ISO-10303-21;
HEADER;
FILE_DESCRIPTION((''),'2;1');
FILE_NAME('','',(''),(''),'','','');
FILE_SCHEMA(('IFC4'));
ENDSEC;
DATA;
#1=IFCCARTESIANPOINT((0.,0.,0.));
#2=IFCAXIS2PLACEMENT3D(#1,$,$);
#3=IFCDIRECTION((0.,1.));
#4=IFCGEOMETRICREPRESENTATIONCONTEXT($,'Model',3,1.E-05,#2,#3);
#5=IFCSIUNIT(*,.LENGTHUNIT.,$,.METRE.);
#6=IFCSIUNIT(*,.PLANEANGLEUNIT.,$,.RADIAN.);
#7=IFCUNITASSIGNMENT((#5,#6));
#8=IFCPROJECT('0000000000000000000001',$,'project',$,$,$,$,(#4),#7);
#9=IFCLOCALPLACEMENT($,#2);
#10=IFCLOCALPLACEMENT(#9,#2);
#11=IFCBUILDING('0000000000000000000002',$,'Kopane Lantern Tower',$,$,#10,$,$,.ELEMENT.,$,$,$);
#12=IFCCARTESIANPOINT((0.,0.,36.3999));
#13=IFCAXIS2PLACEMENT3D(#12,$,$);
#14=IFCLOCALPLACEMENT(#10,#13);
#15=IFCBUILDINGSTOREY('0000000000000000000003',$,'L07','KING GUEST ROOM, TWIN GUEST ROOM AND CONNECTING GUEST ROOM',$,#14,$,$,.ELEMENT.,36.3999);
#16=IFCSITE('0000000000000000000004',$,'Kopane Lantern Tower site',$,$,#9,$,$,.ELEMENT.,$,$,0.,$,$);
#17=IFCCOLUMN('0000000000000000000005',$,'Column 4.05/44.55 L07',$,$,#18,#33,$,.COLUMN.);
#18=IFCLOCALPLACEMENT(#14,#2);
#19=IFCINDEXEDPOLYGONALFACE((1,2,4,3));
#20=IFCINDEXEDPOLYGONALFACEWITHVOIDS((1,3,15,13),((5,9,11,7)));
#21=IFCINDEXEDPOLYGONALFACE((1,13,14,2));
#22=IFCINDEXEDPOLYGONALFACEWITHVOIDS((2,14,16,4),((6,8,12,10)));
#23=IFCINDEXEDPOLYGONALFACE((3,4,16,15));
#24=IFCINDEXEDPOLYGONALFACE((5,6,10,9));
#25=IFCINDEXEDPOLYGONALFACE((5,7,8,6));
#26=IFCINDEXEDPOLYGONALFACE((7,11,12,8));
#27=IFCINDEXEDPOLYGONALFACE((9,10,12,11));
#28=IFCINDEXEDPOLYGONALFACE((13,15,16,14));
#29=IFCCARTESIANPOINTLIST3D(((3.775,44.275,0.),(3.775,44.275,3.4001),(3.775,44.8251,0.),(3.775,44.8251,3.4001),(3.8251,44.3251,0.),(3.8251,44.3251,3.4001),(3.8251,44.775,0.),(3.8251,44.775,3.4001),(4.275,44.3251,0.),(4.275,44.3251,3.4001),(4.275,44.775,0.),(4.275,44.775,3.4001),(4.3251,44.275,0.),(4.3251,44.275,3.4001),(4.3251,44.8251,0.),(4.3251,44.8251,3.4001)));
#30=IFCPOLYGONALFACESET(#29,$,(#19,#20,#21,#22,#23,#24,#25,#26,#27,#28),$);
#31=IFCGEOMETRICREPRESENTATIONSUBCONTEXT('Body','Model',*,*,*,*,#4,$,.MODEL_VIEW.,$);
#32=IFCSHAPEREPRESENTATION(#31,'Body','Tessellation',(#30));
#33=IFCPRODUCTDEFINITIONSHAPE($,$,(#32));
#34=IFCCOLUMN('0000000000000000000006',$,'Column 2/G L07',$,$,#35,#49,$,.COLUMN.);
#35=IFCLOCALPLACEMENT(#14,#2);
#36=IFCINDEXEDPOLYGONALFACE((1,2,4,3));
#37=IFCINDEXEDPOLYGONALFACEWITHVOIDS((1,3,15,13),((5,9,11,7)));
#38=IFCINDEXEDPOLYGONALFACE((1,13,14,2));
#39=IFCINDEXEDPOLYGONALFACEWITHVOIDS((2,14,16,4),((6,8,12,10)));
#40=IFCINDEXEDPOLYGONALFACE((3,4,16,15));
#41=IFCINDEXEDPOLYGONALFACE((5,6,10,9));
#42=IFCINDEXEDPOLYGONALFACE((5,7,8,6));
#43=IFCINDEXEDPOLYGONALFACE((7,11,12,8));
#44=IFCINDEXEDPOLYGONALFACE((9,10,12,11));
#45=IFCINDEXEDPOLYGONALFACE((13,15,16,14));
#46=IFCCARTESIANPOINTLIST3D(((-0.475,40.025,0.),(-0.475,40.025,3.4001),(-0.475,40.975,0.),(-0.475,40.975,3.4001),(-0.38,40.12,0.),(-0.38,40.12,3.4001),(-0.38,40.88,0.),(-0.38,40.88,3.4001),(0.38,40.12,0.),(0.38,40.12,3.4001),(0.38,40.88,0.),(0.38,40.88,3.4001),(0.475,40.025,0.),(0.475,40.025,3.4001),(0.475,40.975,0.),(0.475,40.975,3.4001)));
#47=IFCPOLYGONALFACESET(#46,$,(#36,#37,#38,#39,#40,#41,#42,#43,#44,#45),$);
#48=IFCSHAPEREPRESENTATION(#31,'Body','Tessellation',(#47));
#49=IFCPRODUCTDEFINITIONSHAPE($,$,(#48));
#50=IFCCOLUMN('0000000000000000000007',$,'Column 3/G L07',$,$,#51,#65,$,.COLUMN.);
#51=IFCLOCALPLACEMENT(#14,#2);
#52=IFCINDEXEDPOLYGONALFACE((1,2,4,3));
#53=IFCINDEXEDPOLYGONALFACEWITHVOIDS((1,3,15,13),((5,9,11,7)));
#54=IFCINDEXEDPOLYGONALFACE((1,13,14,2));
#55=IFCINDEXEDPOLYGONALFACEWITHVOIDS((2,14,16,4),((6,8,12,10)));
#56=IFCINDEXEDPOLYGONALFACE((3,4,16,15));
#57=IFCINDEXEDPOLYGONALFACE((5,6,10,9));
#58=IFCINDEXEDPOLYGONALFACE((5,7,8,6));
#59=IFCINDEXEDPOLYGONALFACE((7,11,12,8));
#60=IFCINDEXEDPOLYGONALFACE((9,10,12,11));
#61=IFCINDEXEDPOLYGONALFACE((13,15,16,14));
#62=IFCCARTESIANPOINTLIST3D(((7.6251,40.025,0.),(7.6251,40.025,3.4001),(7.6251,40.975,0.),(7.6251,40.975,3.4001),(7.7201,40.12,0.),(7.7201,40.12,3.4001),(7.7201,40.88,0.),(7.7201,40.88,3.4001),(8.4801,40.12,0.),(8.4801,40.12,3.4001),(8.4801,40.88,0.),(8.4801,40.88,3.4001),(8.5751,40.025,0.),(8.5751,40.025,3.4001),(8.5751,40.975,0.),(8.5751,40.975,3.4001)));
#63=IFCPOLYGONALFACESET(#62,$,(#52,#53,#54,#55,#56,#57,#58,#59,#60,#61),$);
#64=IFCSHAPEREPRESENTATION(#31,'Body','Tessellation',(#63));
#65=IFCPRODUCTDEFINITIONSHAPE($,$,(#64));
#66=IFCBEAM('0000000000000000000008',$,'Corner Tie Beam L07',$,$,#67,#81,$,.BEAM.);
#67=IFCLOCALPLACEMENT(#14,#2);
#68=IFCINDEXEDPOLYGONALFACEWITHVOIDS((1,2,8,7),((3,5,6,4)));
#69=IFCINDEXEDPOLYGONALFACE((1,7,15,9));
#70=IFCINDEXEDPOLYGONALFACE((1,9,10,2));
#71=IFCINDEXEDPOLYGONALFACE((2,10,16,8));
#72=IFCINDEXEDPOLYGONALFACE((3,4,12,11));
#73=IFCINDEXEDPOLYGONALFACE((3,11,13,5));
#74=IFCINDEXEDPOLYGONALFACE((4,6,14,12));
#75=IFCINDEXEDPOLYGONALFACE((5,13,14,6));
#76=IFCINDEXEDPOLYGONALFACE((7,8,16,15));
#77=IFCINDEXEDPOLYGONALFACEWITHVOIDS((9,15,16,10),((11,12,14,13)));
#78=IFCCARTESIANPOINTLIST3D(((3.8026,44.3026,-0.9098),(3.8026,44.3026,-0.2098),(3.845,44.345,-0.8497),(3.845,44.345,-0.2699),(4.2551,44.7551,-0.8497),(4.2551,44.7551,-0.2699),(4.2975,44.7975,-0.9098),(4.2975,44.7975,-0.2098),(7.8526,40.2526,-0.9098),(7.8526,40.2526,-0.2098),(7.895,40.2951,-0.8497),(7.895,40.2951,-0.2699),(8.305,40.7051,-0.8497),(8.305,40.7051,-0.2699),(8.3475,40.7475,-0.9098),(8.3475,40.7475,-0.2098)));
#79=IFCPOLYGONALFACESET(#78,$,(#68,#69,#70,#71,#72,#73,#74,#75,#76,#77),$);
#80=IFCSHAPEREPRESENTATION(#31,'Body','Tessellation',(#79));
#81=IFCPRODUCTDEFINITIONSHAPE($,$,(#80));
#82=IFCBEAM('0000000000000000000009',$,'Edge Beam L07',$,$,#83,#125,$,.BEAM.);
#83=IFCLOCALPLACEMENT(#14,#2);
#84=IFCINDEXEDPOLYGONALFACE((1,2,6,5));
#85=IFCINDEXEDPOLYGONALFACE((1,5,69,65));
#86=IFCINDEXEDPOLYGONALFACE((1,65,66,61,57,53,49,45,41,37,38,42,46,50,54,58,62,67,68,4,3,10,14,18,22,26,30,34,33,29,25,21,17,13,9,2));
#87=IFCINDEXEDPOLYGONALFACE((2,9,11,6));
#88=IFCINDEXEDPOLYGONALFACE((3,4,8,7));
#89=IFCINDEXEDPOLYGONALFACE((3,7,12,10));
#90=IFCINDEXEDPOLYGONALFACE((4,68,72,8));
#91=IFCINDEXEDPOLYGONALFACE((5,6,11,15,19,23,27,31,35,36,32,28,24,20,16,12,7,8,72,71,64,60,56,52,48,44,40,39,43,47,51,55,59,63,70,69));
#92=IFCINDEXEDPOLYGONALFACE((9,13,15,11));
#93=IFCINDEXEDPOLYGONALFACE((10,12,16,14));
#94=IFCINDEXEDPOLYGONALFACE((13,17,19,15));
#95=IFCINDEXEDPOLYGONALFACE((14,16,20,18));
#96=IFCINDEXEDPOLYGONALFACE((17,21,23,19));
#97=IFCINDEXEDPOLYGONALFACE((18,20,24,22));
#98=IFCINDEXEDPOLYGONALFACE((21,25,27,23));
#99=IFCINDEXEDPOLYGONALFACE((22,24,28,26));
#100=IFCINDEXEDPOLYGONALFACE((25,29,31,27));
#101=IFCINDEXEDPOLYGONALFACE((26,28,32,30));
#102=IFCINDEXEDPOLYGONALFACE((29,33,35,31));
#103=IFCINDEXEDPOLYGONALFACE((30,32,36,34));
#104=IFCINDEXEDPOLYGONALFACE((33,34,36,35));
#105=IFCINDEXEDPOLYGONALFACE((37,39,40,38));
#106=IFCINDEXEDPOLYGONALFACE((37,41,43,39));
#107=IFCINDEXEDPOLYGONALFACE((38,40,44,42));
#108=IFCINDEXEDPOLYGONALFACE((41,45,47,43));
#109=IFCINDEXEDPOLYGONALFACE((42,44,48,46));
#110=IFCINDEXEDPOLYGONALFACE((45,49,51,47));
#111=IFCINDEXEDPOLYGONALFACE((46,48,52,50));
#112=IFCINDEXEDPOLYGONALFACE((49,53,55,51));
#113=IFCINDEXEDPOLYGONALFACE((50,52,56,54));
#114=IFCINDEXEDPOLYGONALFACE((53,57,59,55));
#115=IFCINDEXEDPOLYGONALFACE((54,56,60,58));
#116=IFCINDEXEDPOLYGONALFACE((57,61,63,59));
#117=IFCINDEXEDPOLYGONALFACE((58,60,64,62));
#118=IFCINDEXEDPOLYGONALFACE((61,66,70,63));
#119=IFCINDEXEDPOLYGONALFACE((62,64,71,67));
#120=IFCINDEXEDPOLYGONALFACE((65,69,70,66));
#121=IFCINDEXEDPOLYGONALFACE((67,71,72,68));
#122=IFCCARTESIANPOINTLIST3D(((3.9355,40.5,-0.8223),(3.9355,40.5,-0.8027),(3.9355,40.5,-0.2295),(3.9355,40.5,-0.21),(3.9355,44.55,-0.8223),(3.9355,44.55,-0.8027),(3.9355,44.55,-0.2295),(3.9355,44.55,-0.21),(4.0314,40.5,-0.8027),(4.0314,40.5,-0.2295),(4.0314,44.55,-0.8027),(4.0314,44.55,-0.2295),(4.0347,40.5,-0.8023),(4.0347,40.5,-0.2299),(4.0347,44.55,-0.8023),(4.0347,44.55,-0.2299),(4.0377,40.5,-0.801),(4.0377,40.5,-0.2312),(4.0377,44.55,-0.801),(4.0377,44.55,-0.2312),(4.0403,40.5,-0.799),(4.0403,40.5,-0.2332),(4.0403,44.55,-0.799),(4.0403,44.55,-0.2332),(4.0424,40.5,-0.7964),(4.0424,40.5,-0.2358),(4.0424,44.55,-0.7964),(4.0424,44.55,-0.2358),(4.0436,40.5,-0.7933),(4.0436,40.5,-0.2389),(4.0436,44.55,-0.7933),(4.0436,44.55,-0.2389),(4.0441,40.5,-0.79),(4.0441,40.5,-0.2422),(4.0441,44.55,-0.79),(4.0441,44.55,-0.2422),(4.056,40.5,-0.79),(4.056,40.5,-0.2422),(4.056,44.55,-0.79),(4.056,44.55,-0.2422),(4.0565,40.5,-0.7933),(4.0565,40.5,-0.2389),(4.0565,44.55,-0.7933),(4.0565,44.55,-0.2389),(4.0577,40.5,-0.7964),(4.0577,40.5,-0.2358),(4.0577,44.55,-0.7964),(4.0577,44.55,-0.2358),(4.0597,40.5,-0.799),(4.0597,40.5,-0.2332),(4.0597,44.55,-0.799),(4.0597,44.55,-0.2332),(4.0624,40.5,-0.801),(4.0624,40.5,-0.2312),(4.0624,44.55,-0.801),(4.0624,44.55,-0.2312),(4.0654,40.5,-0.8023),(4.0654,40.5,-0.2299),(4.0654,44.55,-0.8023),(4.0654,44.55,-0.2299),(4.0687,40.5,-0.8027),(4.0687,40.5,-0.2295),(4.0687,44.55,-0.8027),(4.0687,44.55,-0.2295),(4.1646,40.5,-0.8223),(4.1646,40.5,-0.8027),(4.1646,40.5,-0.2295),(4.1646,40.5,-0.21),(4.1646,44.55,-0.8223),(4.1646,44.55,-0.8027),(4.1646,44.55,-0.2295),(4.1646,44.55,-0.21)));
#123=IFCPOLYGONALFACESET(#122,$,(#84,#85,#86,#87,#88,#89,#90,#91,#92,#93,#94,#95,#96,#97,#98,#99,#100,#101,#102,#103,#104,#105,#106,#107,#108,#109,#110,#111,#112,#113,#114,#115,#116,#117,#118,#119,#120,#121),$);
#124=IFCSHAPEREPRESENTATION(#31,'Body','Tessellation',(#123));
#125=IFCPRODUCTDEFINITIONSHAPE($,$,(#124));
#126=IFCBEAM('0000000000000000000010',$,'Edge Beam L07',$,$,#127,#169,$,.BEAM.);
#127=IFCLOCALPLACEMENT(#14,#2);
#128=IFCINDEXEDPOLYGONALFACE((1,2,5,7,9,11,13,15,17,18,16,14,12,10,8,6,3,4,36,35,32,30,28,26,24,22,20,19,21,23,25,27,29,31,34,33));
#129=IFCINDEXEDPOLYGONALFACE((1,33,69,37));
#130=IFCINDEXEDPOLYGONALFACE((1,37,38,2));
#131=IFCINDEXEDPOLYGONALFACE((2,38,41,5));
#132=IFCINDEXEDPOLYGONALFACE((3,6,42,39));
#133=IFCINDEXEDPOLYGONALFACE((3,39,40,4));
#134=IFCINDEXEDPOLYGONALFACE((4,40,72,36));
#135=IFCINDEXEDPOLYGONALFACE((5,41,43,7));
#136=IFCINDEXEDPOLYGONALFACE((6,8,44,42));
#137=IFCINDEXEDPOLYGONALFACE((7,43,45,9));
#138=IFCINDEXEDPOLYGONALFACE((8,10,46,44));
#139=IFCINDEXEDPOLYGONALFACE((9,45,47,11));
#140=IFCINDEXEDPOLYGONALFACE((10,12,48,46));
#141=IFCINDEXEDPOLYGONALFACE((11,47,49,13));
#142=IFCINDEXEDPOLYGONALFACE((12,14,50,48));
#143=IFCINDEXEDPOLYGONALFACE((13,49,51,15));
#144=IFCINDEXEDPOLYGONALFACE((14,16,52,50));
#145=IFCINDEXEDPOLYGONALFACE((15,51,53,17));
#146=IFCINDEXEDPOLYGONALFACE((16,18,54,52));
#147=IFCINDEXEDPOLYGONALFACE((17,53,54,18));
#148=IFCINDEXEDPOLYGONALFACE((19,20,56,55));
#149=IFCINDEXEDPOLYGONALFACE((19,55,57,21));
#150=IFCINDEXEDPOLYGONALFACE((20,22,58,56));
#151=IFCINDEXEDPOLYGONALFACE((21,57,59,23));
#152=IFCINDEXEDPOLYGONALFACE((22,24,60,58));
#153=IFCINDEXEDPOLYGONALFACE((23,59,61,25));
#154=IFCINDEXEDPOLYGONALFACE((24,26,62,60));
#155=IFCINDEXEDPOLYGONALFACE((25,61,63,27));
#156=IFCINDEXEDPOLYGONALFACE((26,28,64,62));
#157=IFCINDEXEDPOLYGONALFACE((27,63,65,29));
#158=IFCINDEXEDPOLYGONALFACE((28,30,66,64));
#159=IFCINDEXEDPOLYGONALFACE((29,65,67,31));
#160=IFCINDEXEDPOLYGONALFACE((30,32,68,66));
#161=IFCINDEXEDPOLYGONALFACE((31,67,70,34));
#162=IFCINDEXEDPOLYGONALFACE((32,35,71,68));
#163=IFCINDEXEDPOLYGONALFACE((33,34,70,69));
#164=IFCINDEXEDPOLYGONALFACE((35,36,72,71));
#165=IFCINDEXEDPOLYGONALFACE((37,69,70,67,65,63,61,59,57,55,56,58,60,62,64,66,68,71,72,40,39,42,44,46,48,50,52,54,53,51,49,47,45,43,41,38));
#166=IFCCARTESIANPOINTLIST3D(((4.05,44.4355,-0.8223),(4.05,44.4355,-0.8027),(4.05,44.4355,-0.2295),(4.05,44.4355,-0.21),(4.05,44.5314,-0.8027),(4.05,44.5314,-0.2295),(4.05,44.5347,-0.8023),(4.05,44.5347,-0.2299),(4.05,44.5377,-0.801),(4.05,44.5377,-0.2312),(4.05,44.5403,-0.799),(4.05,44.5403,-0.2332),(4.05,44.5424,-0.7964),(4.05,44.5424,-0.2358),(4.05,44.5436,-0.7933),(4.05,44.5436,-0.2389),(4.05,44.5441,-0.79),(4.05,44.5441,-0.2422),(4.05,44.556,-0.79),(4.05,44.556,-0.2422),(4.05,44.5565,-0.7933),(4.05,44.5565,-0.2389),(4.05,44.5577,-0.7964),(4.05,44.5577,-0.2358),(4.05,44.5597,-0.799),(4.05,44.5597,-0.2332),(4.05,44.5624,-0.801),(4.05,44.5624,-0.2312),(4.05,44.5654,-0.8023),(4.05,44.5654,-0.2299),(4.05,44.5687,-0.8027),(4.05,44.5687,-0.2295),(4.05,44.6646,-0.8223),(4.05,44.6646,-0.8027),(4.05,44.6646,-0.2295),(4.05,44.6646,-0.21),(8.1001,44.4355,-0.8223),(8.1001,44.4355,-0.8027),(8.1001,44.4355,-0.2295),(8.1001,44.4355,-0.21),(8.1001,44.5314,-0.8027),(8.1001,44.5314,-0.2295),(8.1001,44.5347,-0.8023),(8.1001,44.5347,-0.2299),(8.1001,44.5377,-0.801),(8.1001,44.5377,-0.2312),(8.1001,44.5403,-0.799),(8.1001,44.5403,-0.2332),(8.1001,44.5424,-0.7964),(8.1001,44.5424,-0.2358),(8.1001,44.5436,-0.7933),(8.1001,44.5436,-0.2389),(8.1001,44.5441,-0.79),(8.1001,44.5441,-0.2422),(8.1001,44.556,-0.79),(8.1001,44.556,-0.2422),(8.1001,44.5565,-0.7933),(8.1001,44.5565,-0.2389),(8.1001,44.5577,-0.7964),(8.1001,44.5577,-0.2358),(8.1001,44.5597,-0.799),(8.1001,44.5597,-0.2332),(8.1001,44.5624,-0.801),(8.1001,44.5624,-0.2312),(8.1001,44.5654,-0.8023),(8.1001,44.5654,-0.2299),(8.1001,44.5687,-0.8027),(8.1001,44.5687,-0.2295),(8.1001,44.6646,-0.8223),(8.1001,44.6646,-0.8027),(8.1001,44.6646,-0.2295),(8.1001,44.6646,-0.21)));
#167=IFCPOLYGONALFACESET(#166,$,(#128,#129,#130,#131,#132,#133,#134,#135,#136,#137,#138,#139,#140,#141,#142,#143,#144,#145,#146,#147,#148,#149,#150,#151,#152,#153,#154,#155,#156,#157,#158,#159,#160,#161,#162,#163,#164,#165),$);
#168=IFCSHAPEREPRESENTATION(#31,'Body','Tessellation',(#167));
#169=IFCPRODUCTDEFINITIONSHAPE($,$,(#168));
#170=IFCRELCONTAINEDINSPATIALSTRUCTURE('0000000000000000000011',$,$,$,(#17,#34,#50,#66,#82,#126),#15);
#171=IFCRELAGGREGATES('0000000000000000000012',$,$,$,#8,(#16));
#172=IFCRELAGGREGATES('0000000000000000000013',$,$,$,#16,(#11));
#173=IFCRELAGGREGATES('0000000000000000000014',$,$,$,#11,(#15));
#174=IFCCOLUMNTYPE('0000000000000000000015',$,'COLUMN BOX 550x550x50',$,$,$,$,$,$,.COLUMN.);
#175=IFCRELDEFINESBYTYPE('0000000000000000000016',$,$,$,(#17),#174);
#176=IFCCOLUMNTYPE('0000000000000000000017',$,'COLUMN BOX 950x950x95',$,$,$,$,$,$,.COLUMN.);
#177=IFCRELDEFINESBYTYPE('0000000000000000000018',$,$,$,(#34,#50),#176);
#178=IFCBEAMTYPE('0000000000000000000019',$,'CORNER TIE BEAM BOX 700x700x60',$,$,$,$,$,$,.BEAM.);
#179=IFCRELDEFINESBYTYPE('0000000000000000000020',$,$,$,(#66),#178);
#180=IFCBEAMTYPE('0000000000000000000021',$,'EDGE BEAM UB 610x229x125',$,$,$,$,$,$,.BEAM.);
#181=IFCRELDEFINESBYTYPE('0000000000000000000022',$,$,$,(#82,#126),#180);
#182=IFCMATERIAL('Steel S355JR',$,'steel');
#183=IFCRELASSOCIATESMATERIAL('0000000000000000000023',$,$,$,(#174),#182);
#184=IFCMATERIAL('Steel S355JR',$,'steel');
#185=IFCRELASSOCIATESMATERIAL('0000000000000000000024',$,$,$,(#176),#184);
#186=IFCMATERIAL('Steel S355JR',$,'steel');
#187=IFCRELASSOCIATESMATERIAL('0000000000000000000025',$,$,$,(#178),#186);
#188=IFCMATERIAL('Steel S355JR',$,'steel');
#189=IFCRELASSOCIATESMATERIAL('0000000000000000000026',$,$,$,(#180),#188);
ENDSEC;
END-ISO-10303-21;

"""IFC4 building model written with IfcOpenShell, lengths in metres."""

from ifc_helpers import new_model, si_unit, direction, frame, origin, origin_2d, place, context, subcontext, project, spatial, hollow_rectangle, i_section, extrude, material, material_profile, profile_set, type_object, element, save


model = new_model("IFC4")

# Units and contexts
model_context = context("Model", 3, precision=1e-05, world=origin(), true_north=direction((0.0, 1.0)))
body_context = subcontext(model_context, "Body", "Model", "MODEL_VIEW")
ifc_project = project(units=[si_unit("LENGTHUNIT", "METRE"), si_unit("PLANEANGLEUNIT", "RADIAN")], contexts=[model_context])

# Site, building, storey
site_placement = place(None, origin())
site = spatial("IfcSite", under=ifc_project, at=site_placement, Name="Kopane Lantern Tower site", CompositionType="ELEMENT", RefElevation=0.0)
building_placement = place(site_placement, origin())
building = spatial("IfcBuilding", under=site, at=building_placement, Name="Kopane Lantern Tower", CompositionType="ELEMENT")
storey_placement = place(building_placement, frame((0.0, 0.0, 36.3999)))
storey = spatial("IfcBuildingStorey", under=building, at=storey_placement, Name="L07", Description="KING GUEST ROOM, TWIN GUEST ROOM AND CONNECTING GUEST ROOM", CompositionType="ELEMENT", Elevation=36.3999)

# Columns
ifc_material_1 = material(Name="Steel S355JR", Category="steel")
ifc_material_profile_1 = material_profile(ifc_material_1, hollow_rectangle(XDim=0.55, YDim=0.55, WallThickness=0.05, at=origin_2d()), Name="BOX 550x550x50")
ifc_profile_set_1 = profile_set([ifc_material_profile_1], Name="Steel S355JR")
column_type_1 = type_object("IfcColumnType", Name="COLUMN BOX 550x550x50", PredefinedType="COLUMN", material=ifc_profile_set_1)
column_placement = place(storey_placement, frame((4.05, 44.55, 0.0), z_axis=(0.0, 0.0, 1.0), x_axis=(1.0, 0.0, 0.0)))
element("IfcColumn", 1, at=column_placement, inside=storey, type_object=column_type_1, Name="Column 4.05/44.55 L07", PredefinedType="COLUMN", context=body_context, shape_type="SweptSolid", body=[
    extrude(hollow_rectangle(XDim=0.55, YDim=0.55, WallThickness=0.05, at=origin_2d()), origin(), (0.0, 0.0, 1.0), 3.4001),
])
ifc_material_2 = material(Name="Steel S355JR", Category="steel")
ifc_material_profile_2 = material_profile(ifc_material_2, hollow_rectangle(XDim=0.95, YDim=0.95, WallThickness=0.095, at=origin_2d()), Name="BOX 950x950x95")
ifc_profile_set_2 = profile_set([ifc_material_profile_2], Name="Steel S355JR")
column_type_2 = type_object("IfcColumnType", Name="COLUMN BOX 950x950x95", PredefinedType="COLUMN", material=ifc_profile_set_2)
for number, where, z_axis, x_axis, name in (
    (2, (0.0, 40.5, 0.0), (0.0, 0.0, 1.0), (1.0, 0.0, 0.0), "Column 2/G L07"),
    (3, (8.1001, 40.5, 0.0), (0.0, 0.0, 1.0), (1.0, 0.0, 0.0), "Column 3/G L07"),
):
    element("IfcColumn", number, at=place(storey_placement, frame(where, z_axis=z_axis, x_axis=x_axis)), inside=storey, type_object=column_type_2, Name=name, PredefinedType="COLUMN", context=body_context, shape_type="SweptSolid", body=[
        extrude(hollow_rectangle(XDim=0.95, YDim=0.95, WallThickness=0.095, at=origin_2d()), origin(), (0.0, 0.0, 1.0), 3.4001),
    ])

# Beams
ifc_material_3 = material(Name="Steel S355JR", Category="steel")
ifc_material_profile_3 = material_profile(ifc_material_3, hollow_rectangle(XDim=0.7, YDim=0.7, WallThickness=0.0601, at=origin_2d()), Name="BOX 700x700x60")
ifc_profile_set_3 = profile_set([ifc_material_profile_3], Name="Steel S355JR")
beam_type_1 = type_object("IfcBeamType", Name="CORNER TIE BEAM BOX 700x700x60", PredefinedType="BEAM", material=ifc_profile_set_3)
beam_1_placement = place(storey_placement, frame((4.05, 44.55, -0.5598), z_axis=(0.707107, -0.707107, 0.0), x_axis=(0.707107, 0.707107, 0.0)))
element("IfcBeam", 4, at=beam_1_placement, inside=storey, type_object=beam_type_1, Name="Corner Tie Beam L07", PredefinedType="BEAM", context=body_context, shape_type="SweptSolid", body=[
    extrude(hollow_rectangle(XDim=0.7, YDim=0.7, WallThickness=0.0601, at=origin_2d()), origin(), (0.0, 0.0, 1.0), 5.7275),
])
ifc_material_4 = material(Name="Steel S355JR", Category="steel")
ifc_material_profile_4 = material_profile(ifc_material_4, i_section(OverallWidth=0.229, OverallDepth=0.6123, WebThickness=0.012, FlangeThickness=0.0195, FilletRadius=0.0127, at=origin_2d()), Name="UB 610x229x125")
ifc_profile_set_4 = profile_set([ifc_material_profile_4], Name="Steel S355JR")
beam_type_2 = type_object("IfcBeamType", Name="EDGE BEAM UB 610x229x125", PredefinedType="BEAM", material=ifc_profile_set_4)
for number, where, z_axis, x_axis, name in (
    (5, (4.05, 44.55, -0.5161), (0.0, -1.0, 0.0), (1.0, 0.0, 0.0), "Edge Beam L07"),
    (6, (4.05, 44.55, -0.5161), (1.0, 0.0, 0.0), (0.0, 1.0, 0.0), "Edge Beam L07"),
):
    element("IfcBeam", number, at=place(storey_placement, frame(where, z_axis=z_axis, x_axis=x_axis)), inside=storey, type_object=beam_type_2, Name=name, PredefinedType="BEAM", context=body_context, shape_type="SweptSolid", body=[
        extrude(i_section(OverallWidth=0.229, OverallDepth=0.6123, WebThickness=0.012, FlangeThickness=0.0195, FilletRadius=0.0127, at=origin_2d()), origin(), (0.0, 0.0, 1.0), 4.05),
    ])

save(model, "model.ifc")
